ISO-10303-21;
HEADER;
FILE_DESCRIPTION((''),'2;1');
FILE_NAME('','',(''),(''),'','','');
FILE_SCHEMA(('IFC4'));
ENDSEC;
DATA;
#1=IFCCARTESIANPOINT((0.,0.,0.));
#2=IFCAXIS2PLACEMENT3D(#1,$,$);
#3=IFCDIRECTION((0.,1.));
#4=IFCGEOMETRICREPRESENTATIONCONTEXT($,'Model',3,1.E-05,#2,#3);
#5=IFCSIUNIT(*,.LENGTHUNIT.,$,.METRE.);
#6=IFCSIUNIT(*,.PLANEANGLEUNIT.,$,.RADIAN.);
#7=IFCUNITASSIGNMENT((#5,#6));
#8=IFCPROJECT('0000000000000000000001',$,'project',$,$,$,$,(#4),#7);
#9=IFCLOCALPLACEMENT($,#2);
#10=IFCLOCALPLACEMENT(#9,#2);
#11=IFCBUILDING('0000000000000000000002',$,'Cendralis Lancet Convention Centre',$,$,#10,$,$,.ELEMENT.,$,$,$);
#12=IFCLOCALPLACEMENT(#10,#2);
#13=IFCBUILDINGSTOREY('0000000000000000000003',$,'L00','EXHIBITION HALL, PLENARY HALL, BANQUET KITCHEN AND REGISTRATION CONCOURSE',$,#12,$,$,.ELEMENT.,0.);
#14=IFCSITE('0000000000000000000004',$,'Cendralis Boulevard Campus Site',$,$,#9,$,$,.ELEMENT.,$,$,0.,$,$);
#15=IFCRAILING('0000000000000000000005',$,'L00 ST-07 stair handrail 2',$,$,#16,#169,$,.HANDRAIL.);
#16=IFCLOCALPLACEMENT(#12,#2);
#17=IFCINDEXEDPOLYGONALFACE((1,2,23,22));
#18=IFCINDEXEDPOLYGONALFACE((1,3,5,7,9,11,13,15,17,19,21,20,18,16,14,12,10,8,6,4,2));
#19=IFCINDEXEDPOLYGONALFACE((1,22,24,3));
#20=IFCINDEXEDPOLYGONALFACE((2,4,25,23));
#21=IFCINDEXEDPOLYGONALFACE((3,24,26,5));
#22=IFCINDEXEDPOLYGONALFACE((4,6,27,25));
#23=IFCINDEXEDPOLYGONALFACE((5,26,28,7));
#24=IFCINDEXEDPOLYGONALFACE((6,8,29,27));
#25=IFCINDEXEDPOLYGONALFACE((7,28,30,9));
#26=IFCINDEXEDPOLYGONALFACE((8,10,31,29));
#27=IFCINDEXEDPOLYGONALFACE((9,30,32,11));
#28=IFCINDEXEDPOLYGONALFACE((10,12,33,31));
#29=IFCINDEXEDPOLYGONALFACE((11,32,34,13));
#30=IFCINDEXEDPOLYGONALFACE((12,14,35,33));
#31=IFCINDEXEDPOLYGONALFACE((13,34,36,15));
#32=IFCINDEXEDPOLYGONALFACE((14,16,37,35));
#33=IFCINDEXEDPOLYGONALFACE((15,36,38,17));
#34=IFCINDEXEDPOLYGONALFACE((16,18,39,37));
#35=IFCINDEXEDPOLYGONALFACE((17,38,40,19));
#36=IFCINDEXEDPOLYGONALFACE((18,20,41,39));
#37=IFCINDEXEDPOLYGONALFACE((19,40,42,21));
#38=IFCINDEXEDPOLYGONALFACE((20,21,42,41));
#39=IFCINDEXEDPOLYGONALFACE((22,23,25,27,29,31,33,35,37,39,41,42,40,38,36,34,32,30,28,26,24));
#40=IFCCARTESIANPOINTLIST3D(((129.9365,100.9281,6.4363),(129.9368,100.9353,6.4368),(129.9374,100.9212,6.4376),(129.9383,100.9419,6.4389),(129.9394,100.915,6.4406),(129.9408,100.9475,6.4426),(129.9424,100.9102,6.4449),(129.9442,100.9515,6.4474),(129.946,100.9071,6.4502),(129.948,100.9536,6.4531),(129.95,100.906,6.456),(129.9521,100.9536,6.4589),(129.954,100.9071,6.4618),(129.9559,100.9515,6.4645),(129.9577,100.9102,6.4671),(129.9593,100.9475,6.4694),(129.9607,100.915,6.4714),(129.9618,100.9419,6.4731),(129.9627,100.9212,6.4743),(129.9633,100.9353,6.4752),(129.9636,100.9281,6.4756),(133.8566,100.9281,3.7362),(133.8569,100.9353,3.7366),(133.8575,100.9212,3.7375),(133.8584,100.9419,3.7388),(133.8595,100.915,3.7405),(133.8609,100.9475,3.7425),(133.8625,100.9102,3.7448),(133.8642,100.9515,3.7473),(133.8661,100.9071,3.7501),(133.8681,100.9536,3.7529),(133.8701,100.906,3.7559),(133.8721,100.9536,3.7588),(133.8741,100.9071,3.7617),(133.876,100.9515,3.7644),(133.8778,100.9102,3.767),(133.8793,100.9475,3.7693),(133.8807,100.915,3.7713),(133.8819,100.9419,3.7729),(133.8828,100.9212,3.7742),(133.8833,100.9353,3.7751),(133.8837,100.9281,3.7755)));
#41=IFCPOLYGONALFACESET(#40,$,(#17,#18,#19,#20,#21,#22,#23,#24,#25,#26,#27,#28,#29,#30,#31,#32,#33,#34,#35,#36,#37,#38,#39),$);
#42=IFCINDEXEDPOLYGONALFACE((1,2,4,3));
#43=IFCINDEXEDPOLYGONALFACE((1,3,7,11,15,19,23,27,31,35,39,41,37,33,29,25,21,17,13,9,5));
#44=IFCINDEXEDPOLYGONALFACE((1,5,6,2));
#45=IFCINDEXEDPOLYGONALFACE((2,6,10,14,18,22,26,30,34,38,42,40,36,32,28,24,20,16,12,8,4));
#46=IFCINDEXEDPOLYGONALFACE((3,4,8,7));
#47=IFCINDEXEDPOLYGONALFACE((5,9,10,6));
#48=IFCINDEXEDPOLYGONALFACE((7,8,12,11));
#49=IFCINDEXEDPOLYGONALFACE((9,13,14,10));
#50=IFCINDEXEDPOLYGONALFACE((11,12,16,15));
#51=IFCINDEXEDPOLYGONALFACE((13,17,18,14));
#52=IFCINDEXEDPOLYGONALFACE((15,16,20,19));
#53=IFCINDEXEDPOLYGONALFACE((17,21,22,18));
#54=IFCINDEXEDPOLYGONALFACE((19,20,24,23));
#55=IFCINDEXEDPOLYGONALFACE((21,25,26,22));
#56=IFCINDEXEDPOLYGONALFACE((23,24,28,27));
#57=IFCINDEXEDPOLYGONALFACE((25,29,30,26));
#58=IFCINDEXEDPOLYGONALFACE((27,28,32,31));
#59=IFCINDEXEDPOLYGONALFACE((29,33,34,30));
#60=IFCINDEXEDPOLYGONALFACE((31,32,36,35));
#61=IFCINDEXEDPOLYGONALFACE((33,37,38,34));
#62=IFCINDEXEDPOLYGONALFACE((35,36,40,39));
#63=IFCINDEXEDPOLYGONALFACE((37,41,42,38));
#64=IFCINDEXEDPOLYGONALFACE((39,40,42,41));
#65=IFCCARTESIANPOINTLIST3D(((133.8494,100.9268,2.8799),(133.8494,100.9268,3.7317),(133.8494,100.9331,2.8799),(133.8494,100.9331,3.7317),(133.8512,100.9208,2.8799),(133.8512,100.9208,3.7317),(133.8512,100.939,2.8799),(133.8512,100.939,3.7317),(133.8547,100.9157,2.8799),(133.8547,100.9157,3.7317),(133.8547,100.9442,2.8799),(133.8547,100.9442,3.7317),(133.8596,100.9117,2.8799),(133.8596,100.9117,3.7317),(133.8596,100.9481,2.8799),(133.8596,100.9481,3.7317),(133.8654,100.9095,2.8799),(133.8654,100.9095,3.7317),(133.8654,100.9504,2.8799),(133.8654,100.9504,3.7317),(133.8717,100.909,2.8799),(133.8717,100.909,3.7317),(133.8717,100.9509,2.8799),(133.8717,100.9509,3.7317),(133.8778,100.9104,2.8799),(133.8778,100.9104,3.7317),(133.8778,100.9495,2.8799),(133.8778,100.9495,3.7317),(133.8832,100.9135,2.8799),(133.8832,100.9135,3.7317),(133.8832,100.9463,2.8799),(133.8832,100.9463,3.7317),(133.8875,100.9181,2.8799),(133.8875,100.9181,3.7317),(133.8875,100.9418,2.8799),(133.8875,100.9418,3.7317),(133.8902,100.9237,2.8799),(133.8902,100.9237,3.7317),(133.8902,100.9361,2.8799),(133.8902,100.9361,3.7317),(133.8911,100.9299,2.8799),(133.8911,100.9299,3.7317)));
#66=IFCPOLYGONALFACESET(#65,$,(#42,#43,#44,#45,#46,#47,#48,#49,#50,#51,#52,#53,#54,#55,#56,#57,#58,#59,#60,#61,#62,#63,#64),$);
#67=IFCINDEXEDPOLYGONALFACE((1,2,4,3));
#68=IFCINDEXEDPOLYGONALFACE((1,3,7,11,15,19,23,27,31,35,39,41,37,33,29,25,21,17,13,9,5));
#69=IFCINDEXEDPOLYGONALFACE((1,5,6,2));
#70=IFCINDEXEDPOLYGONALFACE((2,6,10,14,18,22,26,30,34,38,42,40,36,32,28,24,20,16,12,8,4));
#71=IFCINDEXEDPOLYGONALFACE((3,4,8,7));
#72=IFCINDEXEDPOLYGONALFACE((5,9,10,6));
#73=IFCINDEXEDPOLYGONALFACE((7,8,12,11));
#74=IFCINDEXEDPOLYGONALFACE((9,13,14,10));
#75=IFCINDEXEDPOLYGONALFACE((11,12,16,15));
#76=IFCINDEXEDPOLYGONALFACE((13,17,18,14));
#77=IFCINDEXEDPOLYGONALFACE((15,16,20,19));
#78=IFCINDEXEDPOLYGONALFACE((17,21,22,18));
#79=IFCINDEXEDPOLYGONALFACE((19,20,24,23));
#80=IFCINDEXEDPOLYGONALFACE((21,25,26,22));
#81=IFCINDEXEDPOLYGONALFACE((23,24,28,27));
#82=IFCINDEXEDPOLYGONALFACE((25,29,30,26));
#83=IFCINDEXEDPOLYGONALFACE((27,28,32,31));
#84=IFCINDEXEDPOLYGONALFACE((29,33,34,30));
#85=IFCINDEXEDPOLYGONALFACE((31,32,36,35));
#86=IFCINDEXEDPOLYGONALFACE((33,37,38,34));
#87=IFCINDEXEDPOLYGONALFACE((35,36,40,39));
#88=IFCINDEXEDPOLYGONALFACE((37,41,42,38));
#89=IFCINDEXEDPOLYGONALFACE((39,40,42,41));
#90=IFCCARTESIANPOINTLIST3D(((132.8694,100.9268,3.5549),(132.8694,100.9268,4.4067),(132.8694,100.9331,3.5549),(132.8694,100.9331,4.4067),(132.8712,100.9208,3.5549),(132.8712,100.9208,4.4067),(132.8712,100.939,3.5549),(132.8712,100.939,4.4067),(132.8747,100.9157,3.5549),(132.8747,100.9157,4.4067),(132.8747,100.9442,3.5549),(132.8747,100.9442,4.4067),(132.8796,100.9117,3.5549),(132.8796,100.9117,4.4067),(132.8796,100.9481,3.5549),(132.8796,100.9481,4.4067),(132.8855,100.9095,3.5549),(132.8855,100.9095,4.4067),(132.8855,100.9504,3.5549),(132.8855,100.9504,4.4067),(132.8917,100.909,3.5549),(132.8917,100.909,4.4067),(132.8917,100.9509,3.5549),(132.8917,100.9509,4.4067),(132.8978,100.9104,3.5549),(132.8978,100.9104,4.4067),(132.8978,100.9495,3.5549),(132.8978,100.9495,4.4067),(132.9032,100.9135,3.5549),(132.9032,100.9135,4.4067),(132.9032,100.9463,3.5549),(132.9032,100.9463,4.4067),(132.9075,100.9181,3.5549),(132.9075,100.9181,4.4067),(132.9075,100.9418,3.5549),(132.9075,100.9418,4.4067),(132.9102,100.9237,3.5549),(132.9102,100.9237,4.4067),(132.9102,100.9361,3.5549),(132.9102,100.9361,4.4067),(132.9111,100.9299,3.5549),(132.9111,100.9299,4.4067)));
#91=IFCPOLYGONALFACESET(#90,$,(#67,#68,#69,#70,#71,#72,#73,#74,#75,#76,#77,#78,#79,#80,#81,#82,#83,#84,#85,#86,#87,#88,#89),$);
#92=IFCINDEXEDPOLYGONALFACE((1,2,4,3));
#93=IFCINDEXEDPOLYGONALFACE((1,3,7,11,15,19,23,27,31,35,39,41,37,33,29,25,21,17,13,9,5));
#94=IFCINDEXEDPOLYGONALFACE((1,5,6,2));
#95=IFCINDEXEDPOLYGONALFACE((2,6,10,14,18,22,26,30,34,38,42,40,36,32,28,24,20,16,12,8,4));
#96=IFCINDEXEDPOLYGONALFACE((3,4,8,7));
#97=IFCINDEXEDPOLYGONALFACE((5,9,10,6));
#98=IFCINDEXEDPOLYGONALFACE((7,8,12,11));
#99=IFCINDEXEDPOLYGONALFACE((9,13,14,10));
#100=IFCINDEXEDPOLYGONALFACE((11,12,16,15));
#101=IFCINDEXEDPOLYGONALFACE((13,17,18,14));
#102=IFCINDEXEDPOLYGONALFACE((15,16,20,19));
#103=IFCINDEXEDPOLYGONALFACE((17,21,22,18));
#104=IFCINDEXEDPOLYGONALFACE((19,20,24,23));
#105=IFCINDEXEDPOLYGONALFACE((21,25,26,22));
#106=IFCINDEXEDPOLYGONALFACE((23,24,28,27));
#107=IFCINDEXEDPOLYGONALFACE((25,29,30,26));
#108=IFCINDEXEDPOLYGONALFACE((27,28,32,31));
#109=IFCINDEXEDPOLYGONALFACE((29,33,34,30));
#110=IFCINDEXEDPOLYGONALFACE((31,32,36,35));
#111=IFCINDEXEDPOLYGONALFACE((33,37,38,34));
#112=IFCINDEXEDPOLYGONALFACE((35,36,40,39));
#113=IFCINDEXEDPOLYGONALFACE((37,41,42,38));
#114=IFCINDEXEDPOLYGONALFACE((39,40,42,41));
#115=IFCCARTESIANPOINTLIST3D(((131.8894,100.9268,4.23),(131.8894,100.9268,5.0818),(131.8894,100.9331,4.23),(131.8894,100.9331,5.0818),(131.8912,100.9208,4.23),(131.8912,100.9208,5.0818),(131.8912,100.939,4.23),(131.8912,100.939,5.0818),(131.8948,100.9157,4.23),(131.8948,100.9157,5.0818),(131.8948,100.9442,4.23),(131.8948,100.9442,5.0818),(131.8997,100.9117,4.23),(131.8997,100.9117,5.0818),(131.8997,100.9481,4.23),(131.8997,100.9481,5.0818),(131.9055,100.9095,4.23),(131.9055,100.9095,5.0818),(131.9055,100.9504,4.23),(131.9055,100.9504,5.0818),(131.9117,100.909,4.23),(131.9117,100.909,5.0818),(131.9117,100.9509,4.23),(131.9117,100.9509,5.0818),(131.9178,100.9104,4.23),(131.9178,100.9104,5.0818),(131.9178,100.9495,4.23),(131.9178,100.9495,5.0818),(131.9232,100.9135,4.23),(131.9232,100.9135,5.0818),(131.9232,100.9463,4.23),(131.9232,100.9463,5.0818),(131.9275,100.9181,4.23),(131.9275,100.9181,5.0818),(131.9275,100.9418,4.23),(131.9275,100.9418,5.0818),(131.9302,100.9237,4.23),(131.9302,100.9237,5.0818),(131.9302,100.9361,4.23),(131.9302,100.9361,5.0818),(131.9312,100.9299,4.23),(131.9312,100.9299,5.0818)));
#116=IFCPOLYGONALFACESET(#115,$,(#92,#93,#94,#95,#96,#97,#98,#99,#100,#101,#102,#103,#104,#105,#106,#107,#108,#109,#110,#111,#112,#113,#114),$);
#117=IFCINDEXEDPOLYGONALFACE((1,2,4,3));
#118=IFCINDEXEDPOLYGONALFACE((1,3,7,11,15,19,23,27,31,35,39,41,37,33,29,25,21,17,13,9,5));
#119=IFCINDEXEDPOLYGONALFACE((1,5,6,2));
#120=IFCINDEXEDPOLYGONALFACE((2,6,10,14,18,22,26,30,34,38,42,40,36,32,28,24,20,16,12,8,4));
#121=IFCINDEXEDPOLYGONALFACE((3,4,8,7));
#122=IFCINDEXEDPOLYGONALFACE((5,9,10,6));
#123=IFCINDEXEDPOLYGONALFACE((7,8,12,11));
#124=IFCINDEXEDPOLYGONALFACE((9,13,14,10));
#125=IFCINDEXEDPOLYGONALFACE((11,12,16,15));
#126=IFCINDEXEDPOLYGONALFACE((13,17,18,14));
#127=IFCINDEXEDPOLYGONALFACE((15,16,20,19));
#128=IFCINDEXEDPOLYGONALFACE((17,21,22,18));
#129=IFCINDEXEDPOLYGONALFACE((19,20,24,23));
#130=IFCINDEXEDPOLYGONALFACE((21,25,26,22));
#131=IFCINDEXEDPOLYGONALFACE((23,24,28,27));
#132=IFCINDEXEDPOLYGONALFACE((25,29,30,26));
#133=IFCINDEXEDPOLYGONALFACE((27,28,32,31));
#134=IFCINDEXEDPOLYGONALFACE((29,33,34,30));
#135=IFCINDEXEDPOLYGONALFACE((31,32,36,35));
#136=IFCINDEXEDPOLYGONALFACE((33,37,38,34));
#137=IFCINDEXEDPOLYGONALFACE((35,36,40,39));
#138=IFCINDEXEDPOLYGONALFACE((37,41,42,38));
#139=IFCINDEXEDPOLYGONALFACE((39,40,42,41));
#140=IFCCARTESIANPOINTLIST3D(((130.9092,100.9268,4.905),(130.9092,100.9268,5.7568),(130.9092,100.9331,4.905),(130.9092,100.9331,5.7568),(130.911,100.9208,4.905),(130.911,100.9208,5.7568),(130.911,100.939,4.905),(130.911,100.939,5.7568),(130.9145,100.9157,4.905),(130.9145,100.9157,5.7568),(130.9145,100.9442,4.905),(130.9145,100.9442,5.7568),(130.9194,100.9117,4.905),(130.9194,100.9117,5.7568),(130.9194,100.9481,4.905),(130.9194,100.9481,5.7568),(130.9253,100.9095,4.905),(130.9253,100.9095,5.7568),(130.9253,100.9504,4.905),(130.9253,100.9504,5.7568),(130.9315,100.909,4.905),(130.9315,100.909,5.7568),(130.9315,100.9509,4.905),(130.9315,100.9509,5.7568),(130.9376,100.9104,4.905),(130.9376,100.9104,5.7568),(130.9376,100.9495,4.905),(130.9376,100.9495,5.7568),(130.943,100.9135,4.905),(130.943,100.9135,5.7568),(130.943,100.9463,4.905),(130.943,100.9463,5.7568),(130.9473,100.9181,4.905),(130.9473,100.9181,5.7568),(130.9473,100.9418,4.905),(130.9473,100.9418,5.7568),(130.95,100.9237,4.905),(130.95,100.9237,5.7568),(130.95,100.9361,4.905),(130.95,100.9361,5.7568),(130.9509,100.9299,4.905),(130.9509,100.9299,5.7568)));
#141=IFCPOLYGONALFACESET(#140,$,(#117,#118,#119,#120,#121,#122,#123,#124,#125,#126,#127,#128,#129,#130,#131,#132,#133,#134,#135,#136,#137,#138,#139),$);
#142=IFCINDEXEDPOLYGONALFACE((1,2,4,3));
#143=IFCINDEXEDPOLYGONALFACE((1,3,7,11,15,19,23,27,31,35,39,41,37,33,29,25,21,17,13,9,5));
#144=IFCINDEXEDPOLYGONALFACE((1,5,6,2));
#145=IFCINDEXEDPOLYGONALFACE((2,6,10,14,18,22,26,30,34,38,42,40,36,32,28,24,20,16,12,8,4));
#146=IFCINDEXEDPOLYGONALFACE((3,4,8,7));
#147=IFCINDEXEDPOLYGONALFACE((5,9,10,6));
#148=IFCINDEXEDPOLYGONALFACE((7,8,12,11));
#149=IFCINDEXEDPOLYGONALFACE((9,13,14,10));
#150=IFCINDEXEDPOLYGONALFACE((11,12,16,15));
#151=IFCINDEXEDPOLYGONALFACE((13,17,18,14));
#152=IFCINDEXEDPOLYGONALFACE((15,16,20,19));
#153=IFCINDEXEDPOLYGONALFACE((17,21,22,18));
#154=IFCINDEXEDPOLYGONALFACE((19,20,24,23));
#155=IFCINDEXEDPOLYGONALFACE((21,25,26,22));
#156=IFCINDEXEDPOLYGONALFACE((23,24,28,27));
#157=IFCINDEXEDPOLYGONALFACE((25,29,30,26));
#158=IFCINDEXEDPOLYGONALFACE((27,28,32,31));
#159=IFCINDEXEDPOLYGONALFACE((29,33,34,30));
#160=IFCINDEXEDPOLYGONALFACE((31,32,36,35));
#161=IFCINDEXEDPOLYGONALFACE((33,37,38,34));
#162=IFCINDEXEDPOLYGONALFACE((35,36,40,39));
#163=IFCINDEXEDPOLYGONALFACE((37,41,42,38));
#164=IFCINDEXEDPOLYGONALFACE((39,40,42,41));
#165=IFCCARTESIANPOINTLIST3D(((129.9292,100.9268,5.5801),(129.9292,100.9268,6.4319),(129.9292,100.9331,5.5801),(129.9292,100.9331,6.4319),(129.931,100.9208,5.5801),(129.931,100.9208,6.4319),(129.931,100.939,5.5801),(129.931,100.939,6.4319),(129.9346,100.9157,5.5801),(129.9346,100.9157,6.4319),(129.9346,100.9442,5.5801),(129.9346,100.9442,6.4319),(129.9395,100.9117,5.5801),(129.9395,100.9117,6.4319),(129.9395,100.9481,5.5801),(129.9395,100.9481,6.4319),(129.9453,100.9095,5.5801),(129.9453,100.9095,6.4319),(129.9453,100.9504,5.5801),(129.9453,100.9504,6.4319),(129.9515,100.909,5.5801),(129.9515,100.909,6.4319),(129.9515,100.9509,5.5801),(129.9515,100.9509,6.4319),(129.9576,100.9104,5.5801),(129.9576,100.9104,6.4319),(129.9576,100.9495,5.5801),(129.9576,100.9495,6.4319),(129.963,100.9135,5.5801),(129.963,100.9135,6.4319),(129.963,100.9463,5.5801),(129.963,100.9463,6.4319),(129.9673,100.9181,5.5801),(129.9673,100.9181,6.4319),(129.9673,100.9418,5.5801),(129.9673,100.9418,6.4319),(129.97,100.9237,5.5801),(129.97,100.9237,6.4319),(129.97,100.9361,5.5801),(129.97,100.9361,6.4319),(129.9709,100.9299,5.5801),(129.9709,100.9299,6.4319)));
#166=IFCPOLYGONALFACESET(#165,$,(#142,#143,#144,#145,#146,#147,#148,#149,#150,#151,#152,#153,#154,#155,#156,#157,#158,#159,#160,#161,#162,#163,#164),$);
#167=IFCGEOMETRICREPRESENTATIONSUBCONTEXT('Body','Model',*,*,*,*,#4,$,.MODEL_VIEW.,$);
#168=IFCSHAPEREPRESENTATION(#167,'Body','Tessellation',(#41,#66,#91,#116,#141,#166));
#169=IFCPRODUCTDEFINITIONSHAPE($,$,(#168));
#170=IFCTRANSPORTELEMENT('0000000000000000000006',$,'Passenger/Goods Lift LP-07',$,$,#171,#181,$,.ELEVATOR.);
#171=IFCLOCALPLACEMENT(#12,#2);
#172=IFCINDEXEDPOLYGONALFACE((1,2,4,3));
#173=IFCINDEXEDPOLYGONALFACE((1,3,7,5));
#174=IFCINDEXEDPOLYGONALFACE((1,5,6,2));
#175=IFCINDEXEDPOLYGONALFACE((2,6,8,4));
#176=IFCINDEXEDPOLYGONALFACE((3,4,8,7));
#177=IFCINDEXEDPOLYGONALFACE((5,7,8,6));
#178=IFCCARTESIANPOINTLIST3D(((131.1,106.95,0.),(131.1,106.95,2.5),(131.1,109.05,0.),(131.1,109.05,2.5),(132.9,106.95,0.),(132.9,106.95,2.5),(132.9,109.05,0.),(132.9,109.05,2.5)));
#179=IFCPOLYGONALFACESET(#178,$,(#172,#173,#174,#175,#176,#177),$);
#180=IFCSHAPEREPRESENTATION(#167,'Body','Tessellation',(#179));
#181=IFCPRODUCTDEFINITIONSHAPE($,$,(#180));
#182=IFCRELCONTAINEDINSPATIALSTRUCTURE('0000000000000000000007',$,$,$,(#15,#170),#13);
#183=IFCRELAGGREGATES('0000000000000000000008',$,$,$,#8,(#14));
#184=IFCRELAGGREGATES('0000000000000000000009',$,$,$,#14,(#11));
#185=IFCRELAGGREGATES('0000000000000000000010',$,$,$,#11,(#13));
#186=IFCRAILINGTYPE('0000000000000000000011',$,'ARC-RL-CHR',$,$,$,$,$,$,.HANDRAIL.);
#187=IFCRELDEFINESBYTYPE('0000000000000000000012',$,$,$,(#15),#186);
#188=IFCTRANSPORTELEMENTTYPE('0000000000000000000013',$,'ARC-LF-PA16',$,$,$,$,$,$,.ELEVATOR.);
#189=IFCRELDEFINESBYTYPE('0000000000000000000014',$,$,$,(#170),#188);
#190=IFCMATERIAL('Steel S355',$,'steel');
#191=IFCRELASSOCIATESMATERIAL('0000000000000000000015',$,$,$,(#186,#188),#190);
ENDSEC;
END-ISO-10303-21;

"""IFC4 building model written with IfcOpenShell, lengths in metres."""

from ifc_helpers import new_model, si_unit, direction, frame, origin, origin_2d, place, context, subcontext, project, spatial, rectangle, circle, extrude, material, type_object, element, save


model = new_model("IFC4")

# Units and contexts
model_context = context("Model", 3, precision=1e-05, world=origin(), true_north=direction((0.0, 1.0)))
body_context = subcontext(model_context, "Body", "Model", "MODEL_VIEW")
ifc_project = project(units=[si_unit("LENGTHUNIT", "METRE"), si_unit("PLANEANGLEUNIT", "RADIAN")], contexts=[model_context])

# Site, building, storey
site_placement = place(None, origin())
site = spatial("IfcSite", under=ifc_project, at=site_placement, Name="Cendralis Boulevard Campus Site", CompositionType="ELEMENT", RefElevation=0.0)
building_placement = place(site_placement, origin())
building = spatial("IfcBuilding", under=site, at=building_placement, Name="Cendralis Lancet Convention Centre", CompositionType="ELEMENT")
storey_placement = place(building_placement, origin())
storey = spatial("IfcBuildingStorey", under=building, at=storey_placement, Name="L00", Description="EXHIBITION HALL, PLENARY HALL, BANQUET KITCHEN AND REGISTRATION CONCOURSE", CompositionType="ELEMENT", Elevation=0.0)

# Shared definitions
ifc_material_1 = material(Name="Steel S355", Category="steel")

# Railing
railing_type_1 = type_object("IfcRailingType", Name="ARC-RL-CHR", PredefinedType="HANDRAIL", material=ifc_material_1)
railing_1_placement = place(storey_placement, frame((133.8701, 100.9299, 2.8799)))
element("IfcRailing", 1, at=railing_1_placement, inside=storey, type_object=railing_type_1, Name="L00 ST-07 stair handrail 2", PredefinedType="HANDRAIL", context=body_context, shape_type="SweptSolid", body=[
    extrude(circle(Radius=0.0239, at=origin_2d()), frame((0.0, 0.0, 0.876), z_axis=(-0.823543, 0.0, 0.567253), x_axis=(0.0, -1.0, 0.0)), (0.0, 0.0, 1.0), 4.76),
    extrude(circle(Radius=0.021, at=origin_2d()), origin(), (0.0, 0.0, 1.0), 0.8518),
    extrude(circle(Radius=0.021, at=origin_2d()), frame((-0.98, 0.0, 0.675)), (0.0, 0.0, 1.0), 0.8518),
    extrude(circle(Radius=0.021, at=origin_2d()), frame((-1.96, 0.0, 1.3501)), (0.0, 0.0, 1.0), 0.8518),
    extrude(circle(Radius=0.021, at=origin_2d()), frame((-2.9402, 0.0, 2.0251)), (0.0, 0.0, 1.0), 0.8518),
    extrude(circle(Radius=0.021, at=origin_2d()), frame((-3.9202, 0.0, 2.7002)), (0.0, 0.0, 1.0), 0.8518),
])

# Transport element
transport_element_type = type_object("IfcTransportElementType", Name="ARC-LF-PA16", PredefinedType="ELEVATOR", material=ifc_material_1)
transport_element_placement = place(storey_placement, frame((132.0, 108.0, 0.0), z_axis=(0.0, 0.0, 1.0), x_axis=(1.0, 0.0, 0.0)))
element("IfcTransportElement", 2, at=transport_element_placement, inside=storey, type_object=transport_element_type, Name="Passenger/Goods Lift LP-07", PredefinedType="ELEVATOR", context=body_context, shape_type="SweptSolid", body=[
    extrude(rectangle(XDim=1.8, YDim=2.1001, at=origin_2d()), origin(), (0.0, 0.0, 1.0), 2.5),
])

save(model, "model.ifc")
